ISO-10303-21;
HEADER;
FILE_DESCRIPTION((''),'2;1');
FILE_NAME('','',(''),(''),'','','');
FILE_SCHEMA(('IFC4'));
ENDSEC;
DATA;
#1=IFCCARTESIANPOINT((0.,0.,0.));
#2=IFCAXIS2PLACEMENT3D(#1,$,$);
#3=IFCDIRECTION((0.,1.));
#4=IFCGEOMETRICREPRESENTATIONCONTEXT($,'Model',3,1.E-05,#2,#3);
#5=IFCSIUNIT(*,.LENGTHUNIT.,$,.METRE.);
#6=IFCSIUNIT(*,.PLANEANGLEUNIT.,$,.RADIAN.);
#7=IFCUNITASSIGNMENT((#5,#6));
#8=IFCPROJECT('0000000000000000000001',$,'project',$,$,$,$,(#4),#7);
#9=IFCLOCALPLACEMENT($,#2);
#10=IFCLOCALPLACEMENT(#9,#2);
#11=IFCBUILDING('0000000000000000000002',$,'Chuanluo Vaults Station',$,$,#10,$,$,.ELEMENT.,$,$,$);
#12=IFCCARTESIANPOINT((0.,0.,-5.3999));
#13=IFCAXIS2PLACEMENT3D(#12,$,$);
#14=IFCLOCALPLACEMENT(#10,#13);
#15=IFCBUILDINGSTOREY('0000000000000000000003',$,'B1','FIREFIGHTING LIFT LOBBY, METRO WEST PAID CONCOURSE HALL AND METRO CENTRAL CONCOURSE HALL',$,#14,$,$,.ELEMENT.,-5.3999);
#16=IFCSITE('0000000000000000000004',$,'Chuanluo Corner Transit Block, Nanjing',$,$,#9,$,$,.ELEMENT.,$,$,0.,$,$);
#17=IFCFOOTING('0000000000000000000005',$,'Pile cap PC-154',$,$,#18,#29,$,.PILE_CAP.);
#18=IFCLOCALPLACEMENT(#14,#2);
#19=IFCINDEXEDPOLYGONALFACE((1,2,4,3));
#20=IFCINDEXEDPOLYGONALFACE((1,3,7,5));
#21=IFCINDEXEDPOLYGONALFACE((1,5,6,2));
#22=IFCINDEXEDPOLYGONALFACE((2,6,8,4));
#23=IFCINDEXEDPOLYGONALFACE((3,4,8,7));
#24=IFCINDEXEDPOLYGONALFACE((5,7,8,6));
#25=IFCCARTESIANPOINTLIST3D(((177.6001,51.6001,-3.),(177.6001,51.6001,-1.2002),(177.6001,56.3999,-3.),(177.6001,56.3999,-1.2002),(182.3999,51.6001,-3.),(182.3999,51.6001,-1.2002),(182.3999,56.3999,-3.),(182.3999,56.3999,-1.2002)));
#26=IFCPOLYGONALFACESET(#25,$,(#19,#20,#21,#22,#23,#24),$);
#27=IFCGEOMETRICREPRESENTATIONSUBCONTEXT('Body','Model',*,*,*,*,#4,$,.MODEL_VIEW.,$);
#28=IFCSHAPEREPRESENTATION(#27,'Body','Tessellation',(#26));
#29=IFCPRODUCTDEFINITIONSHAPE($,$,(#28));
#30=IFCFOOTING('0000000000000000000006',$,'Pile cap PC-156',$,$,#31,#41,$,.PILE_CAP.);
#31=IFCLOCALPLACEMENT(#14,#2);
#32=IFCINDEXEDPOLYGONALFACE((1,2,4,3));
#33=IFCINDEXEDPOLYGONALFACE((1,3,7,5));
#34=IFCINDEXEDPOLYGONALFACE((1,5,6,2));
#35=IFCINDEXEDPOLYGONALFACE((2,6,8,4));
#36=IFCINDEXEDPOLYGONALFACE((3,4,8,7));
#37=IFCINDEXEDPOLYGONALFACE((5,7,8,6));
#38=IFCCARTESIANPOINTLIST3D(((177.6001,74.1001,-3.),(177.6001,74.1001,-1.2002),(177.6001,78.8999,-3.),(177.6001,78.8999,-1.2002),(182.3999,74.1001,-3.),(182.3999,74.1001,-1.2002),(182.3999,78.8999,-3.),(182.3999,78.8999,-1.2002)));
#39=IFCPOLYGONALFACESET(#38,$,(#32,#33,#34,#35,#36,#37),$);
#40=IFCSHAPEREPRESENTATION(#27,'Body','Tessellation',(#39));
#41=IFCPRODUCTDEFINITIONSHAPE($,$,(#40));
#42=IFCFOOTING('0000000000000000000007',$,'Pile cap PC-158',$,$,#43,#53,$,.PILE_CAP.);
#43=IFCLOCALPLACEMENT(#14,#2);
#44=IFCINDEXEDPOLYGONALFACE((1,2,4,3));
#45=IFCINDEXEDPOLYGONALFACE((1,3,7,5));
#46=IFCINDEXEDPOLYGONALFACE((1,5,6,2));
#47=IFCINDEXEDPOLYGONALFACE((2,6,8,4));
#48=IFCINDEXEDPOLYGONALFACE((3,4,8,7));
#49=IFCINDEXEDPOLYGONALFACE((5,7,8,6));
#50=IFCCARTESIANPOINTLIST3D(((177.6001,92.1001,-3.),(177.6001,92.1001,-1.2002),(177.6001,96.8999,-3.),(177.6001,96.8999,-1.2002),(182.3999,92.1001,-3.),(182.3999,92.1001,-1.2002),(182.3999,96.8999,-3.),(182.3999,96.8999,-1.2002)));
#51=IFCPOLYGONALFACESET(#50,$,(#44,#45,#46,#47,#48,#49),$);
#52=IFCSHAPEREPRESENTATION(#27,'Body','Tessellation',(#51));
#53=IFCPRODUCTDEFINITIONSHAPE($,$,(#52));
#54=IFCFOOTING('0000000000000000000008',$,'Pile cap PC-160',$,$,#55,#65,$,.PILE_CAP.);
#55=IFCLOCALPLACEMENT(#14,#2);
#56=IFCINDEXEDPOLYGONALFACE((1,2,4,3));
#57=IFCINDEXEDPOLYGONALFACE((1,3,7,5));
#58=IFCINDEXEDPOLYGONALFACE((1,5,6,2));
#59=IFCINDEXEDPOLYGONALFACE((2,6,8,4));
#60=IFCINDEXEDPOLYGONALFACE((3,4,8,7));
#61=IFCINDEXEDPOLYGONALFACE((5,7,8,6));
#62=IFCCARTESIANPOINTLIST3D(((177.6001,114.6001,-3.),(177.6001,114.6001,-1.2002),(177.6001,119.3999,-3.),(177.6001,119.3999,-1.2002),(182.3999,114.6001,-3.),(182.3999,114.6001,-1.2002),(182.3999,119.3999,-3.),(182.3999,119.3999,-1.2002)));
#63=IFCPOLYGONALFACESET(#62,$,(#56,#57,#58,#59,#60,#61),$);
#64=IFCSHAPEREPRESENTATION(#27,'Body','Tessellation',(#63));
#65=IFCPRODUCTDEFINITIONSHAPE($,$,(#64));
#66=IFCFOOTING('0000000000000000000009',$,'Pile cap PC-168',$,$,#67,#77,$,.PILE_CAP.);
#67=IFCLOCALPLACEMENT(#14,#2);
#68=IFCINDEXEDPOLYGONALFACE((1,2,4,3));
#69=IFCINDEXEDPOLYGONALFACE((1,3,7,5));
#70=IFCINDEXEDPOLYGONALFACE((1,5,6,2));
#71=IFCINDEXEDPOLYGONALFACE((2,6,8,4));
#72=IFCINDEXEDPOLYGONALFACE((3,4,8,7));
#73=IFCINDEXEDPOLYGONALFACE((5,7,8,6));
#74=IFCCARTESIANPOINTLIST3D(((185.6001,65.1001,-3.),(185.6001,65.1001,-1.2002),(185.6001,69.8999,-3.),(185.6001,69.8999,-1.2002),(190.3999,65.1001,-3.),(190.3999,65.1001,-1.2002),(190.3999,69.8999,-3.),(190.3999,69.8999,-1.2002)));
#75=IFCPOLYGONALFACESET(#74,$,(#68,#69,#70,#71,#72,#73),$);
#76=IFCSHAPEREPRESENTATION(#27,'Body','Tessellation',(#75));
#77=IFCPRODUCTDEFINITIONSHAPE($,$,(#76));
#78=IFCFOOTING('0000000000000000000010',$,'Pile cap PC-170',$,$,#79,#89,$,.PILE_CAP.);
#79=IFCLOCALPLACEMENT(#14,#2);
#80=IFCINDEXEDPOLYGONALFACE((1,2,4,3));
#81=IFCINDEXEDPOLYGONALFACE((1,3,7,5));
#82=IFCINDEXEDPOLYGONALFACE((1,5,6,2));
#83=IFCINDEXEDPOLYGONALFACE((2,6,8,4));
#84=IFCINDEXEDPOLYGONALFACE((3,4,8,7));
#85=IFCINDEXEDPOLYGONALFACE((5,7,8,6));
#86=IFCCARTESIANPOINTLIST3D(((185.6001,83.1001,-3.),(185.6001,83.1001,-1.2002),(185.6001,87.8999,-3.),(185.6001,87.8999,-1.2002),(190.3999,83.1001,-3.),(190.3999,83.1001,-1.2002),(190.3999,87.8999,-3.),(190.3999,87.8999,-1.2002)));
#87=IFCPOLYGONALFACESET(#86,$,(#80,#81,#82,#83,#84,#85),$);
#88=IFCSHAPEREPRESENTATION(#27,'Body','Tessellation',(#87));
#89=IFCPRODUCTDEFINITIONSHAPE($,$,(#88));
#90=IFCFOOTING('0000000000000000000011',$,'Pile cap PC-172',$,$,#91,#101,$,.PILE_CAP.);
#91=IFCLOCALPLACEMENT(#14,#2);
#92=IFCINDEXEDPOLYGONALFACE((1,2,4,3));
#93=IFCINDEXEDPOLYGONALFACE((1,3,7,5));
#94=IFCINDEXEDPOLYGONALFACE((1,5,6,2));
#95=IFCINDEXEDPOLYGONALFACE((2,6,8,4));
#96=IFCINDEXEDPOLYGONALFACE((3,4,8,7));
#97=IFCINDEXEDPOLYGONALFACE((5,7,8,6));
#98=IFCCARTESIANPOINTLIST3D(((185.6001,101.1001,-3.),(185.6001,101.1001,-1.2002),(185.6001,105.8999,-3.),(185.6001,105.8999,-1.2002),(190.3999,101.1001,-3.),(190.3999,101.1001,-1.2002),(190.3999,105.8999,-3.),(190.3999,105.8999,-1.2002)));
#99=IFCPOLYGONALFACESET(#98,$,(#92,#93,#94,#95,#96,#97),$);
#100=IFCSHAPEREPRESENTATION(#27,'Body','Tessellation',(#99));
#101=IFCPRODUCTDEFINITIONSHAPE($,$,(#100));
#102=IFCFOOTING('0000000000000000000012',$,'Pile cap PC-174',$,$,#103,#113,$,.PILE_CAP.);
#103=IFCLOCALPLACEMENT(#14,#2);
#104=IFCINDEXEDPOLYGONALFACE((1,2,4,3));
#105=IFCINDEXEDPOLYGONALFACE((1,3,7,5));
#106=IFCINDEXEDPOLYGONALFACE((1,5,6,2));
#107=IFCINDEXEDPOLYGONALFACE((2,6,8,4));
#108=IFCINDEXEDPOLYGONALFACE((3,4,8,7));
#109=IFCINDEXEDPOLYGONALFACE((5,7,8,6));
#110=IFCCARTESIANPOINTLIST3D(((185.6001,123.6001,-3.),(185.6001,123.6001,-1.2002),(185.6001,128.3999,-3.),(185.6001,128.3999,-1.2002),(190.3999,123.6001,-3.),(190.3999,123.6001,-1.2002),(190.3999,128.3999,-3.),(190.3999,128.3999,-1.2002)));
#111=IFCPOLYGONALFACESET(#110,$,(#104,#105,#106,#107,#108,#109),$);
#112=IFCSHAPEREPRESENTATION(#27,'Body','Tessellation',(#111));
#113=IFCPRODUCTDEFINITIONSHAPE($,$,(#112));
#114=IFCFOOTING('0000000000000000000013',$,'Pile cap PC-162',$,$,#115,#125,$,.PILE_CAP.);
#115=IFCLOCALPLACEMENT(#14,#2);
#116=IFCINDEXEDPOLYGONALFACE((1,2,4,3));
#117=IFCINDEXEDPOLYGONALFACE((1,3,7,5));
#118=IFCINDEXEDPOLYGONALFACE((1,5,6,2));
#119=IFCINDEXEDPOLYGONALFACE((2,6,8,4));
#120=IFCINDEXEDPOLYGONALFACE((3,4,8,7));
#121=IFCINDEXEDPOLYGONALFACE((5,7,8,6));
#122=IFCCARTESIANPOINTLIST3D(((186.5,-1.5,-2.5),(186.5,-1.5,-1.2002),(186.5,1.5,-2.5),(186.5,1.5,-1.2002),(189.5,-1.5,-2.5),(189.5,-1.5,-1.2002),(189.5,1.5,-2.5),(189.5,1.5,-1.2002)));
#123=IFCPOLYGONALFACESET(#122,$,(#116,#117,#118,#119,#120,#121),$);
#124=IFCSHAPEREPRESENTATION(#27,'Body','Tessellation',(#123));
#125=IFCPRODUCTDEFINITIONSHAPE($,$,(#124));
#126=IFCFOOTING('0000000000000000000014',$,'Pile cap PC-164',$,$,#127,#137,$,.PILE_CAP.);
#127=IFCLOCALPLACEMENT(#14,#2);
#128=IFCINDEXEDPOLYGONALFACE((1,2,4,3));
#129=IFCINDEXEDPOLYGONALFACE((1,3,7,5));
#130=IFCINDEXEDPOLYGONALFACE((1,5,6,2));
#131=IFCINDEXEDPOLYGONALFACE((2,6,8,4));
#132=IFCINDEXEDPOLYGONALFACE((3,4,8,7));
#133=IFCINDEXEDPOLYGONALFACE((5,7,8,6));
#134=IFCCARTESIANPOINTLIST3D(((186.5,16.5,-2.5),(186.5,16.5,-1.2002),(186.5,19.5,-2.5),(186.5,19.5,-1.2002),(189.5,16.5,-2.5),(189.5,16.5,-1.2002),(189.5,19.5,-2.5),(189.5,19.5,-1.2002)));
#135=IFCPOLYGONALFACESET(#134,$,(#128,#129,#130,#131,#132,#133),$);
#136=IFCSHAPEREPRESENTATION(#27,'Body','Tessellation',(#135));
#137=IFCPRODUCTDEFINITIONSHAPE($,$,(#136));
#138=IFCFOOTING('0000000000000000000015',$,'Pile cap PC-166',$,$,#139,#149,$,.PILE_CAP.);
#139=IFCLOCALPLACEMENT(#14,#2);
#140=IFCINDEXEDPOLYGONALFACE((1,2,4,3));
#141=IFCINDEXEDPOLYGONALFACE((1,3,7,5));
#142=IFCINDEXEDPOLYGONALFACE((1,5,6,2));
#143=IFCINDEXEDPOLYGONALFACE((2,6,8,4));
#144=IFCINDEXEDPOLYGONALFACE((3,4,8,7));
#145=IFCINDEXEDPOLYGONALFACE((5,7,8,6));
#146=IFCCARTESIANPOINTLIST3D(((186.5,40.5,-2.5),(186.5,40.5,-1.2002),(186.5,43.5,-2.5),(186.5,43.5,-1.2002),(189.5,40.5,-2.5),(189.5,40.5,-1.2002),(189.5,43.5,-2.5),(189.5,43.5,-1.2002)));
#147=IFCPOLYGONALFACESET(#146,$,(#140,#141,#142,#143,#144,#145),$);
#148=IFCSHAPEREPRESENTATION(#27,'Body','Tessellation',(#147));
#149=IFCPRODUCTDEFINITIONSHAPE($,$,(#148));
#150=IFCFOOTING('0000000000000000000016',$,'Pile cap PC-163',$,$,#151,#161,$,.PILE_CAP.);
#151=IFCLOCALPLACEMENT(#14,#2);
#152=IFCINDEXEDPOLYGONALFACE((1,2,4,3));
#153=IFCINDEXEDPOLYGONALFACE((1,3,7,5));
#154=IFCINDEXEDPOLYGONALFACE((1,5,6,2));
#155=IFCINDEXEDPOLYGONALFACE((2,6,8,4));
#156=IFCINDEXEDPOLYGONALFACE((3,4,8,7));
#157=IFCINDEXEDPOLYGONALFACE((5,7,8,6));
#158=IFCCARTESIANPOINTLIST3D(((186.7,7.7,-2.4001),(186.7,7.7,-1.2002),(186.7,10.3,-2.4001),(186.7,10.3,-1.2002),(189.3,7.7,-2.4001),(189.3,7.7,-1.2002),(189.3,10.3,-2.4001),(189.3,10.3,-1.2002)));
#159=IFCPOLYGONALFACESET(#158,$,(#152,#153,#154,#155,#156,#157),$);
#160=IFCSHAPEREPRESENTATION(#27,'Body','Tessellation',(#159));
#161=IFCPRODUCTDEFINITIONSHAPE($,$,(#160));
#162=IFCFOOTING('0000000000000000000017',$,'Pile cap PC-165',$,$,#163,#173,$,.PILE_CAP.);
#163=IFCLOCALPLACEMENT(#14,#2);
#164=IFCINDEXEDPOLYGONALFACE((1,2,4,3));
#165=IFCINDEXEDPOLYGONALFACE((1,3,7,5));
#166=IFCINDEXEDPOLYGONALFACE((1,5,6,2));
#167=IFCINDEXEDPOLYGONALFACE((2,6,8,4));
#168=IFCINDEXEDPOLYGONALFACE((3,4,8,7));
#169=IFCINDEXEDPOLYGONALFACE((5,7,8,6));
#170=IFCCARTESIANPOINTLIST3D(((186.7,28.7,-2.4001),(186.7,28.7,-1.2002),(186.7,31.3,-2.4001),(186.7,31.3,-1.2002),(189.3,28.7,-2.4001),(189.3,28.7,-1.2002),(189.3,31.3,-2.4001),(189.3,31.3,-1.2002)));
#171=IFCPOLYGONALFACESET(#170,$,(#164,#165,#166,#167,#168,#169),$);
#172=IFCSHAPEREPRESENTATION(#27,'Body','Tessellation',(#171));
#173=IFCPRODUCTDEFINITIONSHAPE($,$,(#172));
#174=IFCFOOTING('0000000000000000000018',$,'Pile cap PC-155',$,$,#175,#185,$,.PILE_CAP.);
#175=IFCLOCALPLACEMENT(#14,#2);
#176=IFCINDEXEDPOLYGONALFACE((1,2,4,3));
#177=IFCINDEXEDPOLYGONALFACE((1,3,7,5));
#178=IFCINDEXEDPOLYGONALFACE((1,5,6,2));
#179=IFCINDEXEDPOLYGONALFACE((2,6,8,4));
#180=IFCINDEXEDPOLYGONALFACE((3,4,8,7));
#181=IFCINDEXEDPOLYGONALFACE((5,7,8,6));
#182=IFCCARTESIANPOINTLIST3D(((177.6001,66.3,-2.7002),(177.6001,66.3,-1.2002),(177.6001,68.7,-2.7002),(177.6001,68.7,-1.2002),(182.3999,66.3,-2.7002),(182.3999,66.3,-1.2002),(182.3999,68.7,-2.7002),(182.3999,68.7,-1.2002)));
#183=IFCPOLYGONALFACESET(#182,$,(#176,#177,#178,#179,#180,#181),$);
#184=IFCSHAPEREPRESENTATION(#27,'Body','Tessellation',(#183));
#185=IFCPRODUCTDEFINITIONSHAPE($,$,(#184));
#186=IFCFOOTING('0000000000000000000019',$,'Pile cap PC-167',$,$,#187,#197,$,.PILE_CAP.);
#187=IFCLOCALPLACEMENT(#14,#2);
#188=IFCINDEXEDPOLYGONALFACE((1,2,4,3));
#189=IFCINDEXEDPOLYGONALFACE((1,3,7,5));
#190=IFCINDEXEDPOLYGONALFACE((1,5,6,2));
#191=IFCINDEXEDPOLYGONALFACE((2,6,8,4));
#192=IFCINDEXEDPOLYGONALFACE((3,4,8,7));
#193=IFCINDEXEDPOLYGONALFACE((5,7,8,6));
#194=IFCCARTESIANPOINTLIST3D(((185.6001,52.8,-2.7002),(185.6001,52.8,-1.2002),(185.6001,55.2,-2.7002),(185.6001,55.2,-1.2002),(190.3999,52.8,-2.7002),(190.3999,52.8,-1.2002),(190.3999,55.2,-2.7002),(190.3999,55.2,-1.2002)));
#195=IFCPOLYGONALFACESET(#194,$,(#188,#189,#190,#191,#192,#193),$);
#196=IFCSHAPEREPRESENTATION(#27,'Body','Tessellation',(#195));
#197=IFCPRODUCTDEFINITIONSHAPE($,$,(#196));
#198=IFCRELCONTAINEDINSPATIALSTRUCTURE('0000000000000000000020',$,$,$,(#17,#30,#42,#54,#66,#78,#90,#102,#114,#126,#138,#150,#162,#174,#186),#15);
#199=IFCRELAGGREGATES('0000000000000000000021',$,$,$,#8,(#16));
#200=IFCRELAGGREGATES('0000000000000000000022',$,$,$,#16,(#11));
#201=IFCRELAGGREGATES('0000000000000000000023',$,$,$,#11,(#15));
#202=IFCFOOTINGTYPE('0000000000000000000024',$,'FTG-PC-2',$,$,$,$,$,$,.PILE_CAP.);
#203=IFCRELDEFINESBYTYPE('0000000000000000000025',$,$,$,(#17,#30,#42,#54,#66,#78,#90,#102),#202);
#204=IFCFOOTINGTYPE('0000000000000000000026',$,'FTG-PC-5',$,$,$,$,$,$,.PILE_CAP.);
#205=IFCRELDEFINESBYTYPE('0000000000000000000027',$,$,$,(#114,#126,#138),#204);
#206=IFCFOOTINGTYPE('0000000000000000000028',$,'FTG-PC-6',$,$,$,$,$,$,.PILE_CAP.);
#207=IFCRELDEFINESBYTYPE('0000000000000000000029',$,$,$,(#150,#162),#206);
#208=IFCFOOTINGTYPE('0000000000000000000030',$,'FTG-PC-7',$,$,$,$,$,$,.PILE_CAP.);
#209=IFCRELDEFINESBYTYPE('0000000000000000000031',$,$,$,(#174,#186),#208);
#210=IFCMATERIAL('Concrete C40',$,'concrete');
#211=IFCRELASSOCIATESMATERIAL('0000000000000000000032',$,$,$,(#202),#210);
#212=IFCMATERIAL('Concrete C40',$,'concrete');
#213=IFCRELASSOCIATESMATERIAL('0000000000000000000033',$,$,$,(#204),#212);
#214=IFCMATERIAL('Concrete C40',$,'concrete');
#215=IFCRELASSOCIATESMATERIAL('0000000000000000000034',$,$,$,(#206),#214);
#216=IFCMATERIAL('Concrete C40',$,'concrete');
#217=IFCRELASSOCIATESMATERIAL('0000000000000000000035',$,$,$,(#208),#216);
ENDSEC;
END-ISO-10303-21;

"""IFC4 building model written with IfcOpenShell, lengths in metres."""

from ifc_helpers import new_model, si_unit, direction, frame, origin, place, context, subcontext, project, spatial, polyline, outline, extrude, material, type_object, element, save


model = new_model("IFC4")

# Units and contexts
model_context = context("Model", 3, precision=1e-05, world=origin(), true_north=direction((0.0, 1.0)))
body_context = subcontext(model_context, "Body", "Model", "MODEL_VIEW")
ifc_project = project(units=[si_unit("LENGTHUNIT", "METRE"), si_unit("PLANEANGLEUNIT", "RADIAN")], contexts=[model_context])

# Site, building, storey
site_placement = place(None, origin())
site = spatial("IfcSite", under=ifc_project, at=site_placement, Name="Chuanluo Corner Transit Block, Nanjing", CompositionType="ELEMENT", RefElevation=0.0)
building_placement = place(site_placement, origin())
building = spatial("IfcBuilding", under=site, at=building_placement, Name="Chuanluo Vaults Station", CompositionType="ELEMENT")
storey_placement = place(building_placement, frame((0.0, 0.0, -5.3999)))
storey = spatial("IfcBuildingStorey", under=building, at=storey_placement, Name="B1", Description="FIREFIGHTING LIFT LOBBY, METRO WEST PAID CONCOURSE HALL AND METRO CENTRAL CONCOURSE HALL", CompositionType="ELEMENT", Elevation=-5.3999)

# Footings
ifc_material_1 = material(Name="Concrete C40", Category="concrete")
footing_type_1 = type_object("IfcFootingType", Name="FTG-PC-2", PredefinedType="PILE_CAP", material=ifc_material_1)
footing_1_placement = place(storey_placement, frame((0.0, 0.0, -3.0)))
element("IfcFooting", 1, at=footing_1_placement, inside=storey, type_object=footing_type_1, Name="Pile cap PC-154", PredefinedType="PILE_CAP", context=body_context, shape_type="SweptSolid", body=[
    extrude(outline(polyline([(177.6001, 51.6001), (182.3999, 51.6001), (182.3999, 56.3999), (177.6001, 56.3999), (177.6001, 51.6001)])), origin(), (0.0, 0.0, 1.0), 1.7998),
])
footing_2_placement = place(storey_placement, frame((0.0, 0.0, -3.0)))
element("IfcFooting", 2, at=footing_2_placement, inside=storey, type_object=footing_type_1, Name="Pile cap PC-156", PredefinedType="PILE_CAP", context=body_context, shape_type="SweptSolid", body=[
    extrude(outline(polyline([(177.6001, 74.1001), (182.3999, 74.1001), (182.3999, 78.8999), (177.6001, 78.8999), (177.6001, 74.1001)])), origin(), (0.0, 0.0, 1.0), 1.7998),
])
footing_3_placement = place(storey_placement, frame((0.0, 0.0, -3.0)))
element("IfcFooting", 3, at=footing_3_placement, inside=storey, type_object=footing_type_1, Name="Pile cap PC-158", PredefinedType="PILE_CAP", context=body_context, shape_type="SweptSolid", body=[
    extrude(outline(polyline([(177.6001, 92.1001), (182.3999, 92.1001), (182.3999, 96.8999), (177.6001, 96.8999), (177.6001, 92.1001)])), origin(), (0.0, 0.0, 1.0), 1.7998),
])
footing_4_placement = place(storey_placement, frame((0.0, 0.0, -3.0)))
element("IfcFooting", 4, at=footing_4_placement, inside=storey, type_object=footing_type_1, Name="Pile cap PC-160", PredefinedType="PILE_CAP", context=body_context, shape_type="SweptSolid", body=[
    extrude(outline(polyline([(177.6001, 114.6001), (182.3999, 114.6001), (182.3999, 119.3999), (177.6001, 119.3999), (177.6001, 114.6001)])), origin(), (0.0, 0.0, 1.0), 1.7998),
])
footing_5_placement = place(storey_placement, frame((0.0, 0.0, -3.0)))
element("IfcFooting", 5, at=footing_5_placement, inside=storey, type_object=footing_type_1, Name="Pile cap PC-168", PredefinedType="PILE_CAP", context=body_context, shape_type="SweptSolid", body=[
    extrude(outline(polyline([(185.6001, 65.1001), (190.3999, 65.1001), (190.3999, 69.8999), (185.6001, 69.8999), (185.6001, 65.1001)])), origin(), (0.0, 0.0, 1.0), 1.7998),
])
footing_6_placement = place(storey_placement, frame((0.0, 0.0, -3.0)))
element("IfcFooting", 6, at=footing_6_placement, inside=storey, type_object=footing_type_1, Name="Pile cap PC-170", PredefinedType="PILE_CAP", context=body_context, shape_type="SweptSolid", body=[
    extrude(outline(polyline([(185.6001, 83.1001), (190.3999, 83.1001), (190.3999, 87.8999), (185.6001, 87.8999), (185.6001, 83.1001)])), origin(), (0.0, 0.0, 1.0), 1.7998),
])
footing_7_placement = place(storey_placement, frame((0.0, 0.0, -3.0)))
element("IfcFooting", 7, at=footing_7_placement, inside=storey, type_object=footing_type_1, Name="Pile cap PC-172", PredefinedType="PILE_CAP", context=body_context, shape_type="SweptSolid", body=[
    extrude(outline(polyline([(185.6001, 101.1001), (190.3999, 101.1001), (190.3999, 105.8999), (185.6001, 105.8999), (185.6001, 101.1001)])), origin(), (0.0, 0.0, 1.0), 1.7998),
])
footing_8_placement = place(storey_placement, frame((0.0, 0.0, -3.0)))
element("IfcFooting", 8, at=footing_8_placement, inside=storey, type_object=footing_type_1, Name="Pile cap PC-174", PredefinedType="PILE_CAP", context=body_context, shape_type="SweptSolid", body=[
    extrude(outline(polyline([(185.6001, 123.6001), (190.3999, 123.6001), (190.3999, 128.3999), (185.6001, 128.3999), (185.6001, 123.6001)])), origin(), (0.0, 0.0, 1.0), 1.7998),
])
ifc_material_2 = material(Name="Concrete C40", Category="concrete")
footing_type_2 = type_object("IfcFootingType", Name="FTG-PC-5", PredefinedType="PILE_CAP", material=ifc_material_2)
footing_9_placement = place(storey_placement, frame((0.0, 0.0, -2.5)))
element("IfcFooting", 9, at=footing_9_placement, inside=storey, type_object=footing_type_2, Name="Pile cap PC-162", PredefinedType="PILE_CAP", context=body_context, shape_type="SweptSolid", body=[
    extrude(outline(polyline([(186.5, -1.5), (189.5, -1.5), (189.5, 1.5), (186.5, 1.5), (186.5, -1.5)])), origin(), (0.0, 0.0, 1.0), 1.2998),
])
footing_10_placement = place(storey_placement, frame((0.0, 0.0, -2.5)))
element("IfcFooting", 10, at=footing_10_placement, inside=storey, type_object=footing_type_2, Name="Pile cap PC-164", PredefinedType="PILE_CAP", context=body_context, shape_type="SweptSolid", body=[
    extrude(outline(polyline([(186.5, 16.5), (189.5, 16.5), (189.5, 19.5), (186.5, 19.5), (186.5, 16.5)])), origin(), (0.0, 0.0, 1.0), 1.2998),
])
footing_11_placement = place(storey_placement, frame((0.0, 0.0, -2.5)))
element("IfcFooting", 11, at=footing_11_placement, inside=storey, type_object=footing_type_2, Name="Pile cap PC-166", PredefinedType="PILE_CAP", context=body_context, shape_type="SweptSolid", body=[
    extrude(outline(polyline([(186.5, 40.5), (189.5, 40.5), (189.5, 43.5), (186.5, 43.5), (186.5, 40.5)])), origin(), (0.0, 0.0, 1.0), 1.2998),
])
ifc_material_3 = material(Name="Concrete C40", Category="concrete")
footing_type_3 = type_object("IfcFootingType", Name="FTG-PC-6", PredefinedType="PILE_CAP", material=ifc_material_3)
footing_12_placement = place(storey_placement, frame((0.0, 0.0, -2.4001)))
element("IfcFooting", 12, at=footing_12_placement, inside=storey, type_object=footing_type_3, Name="Pile cap PC-163", PredefinedType="PILE_CAP", context=body_context, shape_type="SweptSolid", body=[
    extrude(outline(polyline([(186.7, 7.7), (189.3, 7.7), (189.3, 10.3), (186.7, 10.3), (186.7, 7.7)])), origin(), (0.0, 0.0, 1.0), 1.2),
])
footing_13_placement = place(storey_placement, frame((0.0, 0.0, -2.4001)))
element("IfcFooting", 13, at=footing_13_placement, inside=storey, type_object=footing_type_3, Name="Pile cap PC-165", PredefinedType="PILE_CAP", context=body_context, shape_type="SweptSolid", body=[
    extrude(outline(polyline([(186.7, 28.7), (189.3, 28.7), (189.3, 31.3), (186.7, 31.3), (186.7, 28.7)])), origin(), (0.0, 0.0, 1.0), 1.2),
])
ifc_material_4 = material(Name="Concrete C40", Category="concrete")
footing_type_4 = type_object("IfcFootingType", Name="FTG-PC-7", PredefinedType="PILE_CAP", material=ifc_material_4)
footing_14_placement = place(storey_placement, frame((0.0, 0.0, -2.7002)))
element("IfcFooting", 14, at=footing_14_placement, inside=storey, type_object=footing_type_4, Name="Pile cap PC-155", PredefinedType="PILE_CAP", context=body_context, shape_type="SweptSolid", body=[
    extrude(outline(polyline([(177.6001, 66.3), (182.3999, 66.3), (182.3999, 68.7), (177.6001, 68.7), (177.6001, 66.3)])), origin(), (0.0, 0.0, 1.0), 1.5),
])
footing_15_placement = place(storey_placement, frame((0.0, 0.0, -2.7002)))
element("IfcFooting", 15, at=footing_15_placement, inside=storey, type_object=footing_type_4, Name="Pile cap PC-167", PredefinedType="PILE_CAP", context=body_context, shape_type="SweptSolid", body=[
    extrude(outline(polyline([(185.6001, 52.8), (190.3999, 52.8), (190.3999, 55.2), (185.6001, 55.2), (185.6001, 52.8)])), origin(), (0.0, 0.0, 1.0), 1.5),
])

save(model, "model.ifc")
